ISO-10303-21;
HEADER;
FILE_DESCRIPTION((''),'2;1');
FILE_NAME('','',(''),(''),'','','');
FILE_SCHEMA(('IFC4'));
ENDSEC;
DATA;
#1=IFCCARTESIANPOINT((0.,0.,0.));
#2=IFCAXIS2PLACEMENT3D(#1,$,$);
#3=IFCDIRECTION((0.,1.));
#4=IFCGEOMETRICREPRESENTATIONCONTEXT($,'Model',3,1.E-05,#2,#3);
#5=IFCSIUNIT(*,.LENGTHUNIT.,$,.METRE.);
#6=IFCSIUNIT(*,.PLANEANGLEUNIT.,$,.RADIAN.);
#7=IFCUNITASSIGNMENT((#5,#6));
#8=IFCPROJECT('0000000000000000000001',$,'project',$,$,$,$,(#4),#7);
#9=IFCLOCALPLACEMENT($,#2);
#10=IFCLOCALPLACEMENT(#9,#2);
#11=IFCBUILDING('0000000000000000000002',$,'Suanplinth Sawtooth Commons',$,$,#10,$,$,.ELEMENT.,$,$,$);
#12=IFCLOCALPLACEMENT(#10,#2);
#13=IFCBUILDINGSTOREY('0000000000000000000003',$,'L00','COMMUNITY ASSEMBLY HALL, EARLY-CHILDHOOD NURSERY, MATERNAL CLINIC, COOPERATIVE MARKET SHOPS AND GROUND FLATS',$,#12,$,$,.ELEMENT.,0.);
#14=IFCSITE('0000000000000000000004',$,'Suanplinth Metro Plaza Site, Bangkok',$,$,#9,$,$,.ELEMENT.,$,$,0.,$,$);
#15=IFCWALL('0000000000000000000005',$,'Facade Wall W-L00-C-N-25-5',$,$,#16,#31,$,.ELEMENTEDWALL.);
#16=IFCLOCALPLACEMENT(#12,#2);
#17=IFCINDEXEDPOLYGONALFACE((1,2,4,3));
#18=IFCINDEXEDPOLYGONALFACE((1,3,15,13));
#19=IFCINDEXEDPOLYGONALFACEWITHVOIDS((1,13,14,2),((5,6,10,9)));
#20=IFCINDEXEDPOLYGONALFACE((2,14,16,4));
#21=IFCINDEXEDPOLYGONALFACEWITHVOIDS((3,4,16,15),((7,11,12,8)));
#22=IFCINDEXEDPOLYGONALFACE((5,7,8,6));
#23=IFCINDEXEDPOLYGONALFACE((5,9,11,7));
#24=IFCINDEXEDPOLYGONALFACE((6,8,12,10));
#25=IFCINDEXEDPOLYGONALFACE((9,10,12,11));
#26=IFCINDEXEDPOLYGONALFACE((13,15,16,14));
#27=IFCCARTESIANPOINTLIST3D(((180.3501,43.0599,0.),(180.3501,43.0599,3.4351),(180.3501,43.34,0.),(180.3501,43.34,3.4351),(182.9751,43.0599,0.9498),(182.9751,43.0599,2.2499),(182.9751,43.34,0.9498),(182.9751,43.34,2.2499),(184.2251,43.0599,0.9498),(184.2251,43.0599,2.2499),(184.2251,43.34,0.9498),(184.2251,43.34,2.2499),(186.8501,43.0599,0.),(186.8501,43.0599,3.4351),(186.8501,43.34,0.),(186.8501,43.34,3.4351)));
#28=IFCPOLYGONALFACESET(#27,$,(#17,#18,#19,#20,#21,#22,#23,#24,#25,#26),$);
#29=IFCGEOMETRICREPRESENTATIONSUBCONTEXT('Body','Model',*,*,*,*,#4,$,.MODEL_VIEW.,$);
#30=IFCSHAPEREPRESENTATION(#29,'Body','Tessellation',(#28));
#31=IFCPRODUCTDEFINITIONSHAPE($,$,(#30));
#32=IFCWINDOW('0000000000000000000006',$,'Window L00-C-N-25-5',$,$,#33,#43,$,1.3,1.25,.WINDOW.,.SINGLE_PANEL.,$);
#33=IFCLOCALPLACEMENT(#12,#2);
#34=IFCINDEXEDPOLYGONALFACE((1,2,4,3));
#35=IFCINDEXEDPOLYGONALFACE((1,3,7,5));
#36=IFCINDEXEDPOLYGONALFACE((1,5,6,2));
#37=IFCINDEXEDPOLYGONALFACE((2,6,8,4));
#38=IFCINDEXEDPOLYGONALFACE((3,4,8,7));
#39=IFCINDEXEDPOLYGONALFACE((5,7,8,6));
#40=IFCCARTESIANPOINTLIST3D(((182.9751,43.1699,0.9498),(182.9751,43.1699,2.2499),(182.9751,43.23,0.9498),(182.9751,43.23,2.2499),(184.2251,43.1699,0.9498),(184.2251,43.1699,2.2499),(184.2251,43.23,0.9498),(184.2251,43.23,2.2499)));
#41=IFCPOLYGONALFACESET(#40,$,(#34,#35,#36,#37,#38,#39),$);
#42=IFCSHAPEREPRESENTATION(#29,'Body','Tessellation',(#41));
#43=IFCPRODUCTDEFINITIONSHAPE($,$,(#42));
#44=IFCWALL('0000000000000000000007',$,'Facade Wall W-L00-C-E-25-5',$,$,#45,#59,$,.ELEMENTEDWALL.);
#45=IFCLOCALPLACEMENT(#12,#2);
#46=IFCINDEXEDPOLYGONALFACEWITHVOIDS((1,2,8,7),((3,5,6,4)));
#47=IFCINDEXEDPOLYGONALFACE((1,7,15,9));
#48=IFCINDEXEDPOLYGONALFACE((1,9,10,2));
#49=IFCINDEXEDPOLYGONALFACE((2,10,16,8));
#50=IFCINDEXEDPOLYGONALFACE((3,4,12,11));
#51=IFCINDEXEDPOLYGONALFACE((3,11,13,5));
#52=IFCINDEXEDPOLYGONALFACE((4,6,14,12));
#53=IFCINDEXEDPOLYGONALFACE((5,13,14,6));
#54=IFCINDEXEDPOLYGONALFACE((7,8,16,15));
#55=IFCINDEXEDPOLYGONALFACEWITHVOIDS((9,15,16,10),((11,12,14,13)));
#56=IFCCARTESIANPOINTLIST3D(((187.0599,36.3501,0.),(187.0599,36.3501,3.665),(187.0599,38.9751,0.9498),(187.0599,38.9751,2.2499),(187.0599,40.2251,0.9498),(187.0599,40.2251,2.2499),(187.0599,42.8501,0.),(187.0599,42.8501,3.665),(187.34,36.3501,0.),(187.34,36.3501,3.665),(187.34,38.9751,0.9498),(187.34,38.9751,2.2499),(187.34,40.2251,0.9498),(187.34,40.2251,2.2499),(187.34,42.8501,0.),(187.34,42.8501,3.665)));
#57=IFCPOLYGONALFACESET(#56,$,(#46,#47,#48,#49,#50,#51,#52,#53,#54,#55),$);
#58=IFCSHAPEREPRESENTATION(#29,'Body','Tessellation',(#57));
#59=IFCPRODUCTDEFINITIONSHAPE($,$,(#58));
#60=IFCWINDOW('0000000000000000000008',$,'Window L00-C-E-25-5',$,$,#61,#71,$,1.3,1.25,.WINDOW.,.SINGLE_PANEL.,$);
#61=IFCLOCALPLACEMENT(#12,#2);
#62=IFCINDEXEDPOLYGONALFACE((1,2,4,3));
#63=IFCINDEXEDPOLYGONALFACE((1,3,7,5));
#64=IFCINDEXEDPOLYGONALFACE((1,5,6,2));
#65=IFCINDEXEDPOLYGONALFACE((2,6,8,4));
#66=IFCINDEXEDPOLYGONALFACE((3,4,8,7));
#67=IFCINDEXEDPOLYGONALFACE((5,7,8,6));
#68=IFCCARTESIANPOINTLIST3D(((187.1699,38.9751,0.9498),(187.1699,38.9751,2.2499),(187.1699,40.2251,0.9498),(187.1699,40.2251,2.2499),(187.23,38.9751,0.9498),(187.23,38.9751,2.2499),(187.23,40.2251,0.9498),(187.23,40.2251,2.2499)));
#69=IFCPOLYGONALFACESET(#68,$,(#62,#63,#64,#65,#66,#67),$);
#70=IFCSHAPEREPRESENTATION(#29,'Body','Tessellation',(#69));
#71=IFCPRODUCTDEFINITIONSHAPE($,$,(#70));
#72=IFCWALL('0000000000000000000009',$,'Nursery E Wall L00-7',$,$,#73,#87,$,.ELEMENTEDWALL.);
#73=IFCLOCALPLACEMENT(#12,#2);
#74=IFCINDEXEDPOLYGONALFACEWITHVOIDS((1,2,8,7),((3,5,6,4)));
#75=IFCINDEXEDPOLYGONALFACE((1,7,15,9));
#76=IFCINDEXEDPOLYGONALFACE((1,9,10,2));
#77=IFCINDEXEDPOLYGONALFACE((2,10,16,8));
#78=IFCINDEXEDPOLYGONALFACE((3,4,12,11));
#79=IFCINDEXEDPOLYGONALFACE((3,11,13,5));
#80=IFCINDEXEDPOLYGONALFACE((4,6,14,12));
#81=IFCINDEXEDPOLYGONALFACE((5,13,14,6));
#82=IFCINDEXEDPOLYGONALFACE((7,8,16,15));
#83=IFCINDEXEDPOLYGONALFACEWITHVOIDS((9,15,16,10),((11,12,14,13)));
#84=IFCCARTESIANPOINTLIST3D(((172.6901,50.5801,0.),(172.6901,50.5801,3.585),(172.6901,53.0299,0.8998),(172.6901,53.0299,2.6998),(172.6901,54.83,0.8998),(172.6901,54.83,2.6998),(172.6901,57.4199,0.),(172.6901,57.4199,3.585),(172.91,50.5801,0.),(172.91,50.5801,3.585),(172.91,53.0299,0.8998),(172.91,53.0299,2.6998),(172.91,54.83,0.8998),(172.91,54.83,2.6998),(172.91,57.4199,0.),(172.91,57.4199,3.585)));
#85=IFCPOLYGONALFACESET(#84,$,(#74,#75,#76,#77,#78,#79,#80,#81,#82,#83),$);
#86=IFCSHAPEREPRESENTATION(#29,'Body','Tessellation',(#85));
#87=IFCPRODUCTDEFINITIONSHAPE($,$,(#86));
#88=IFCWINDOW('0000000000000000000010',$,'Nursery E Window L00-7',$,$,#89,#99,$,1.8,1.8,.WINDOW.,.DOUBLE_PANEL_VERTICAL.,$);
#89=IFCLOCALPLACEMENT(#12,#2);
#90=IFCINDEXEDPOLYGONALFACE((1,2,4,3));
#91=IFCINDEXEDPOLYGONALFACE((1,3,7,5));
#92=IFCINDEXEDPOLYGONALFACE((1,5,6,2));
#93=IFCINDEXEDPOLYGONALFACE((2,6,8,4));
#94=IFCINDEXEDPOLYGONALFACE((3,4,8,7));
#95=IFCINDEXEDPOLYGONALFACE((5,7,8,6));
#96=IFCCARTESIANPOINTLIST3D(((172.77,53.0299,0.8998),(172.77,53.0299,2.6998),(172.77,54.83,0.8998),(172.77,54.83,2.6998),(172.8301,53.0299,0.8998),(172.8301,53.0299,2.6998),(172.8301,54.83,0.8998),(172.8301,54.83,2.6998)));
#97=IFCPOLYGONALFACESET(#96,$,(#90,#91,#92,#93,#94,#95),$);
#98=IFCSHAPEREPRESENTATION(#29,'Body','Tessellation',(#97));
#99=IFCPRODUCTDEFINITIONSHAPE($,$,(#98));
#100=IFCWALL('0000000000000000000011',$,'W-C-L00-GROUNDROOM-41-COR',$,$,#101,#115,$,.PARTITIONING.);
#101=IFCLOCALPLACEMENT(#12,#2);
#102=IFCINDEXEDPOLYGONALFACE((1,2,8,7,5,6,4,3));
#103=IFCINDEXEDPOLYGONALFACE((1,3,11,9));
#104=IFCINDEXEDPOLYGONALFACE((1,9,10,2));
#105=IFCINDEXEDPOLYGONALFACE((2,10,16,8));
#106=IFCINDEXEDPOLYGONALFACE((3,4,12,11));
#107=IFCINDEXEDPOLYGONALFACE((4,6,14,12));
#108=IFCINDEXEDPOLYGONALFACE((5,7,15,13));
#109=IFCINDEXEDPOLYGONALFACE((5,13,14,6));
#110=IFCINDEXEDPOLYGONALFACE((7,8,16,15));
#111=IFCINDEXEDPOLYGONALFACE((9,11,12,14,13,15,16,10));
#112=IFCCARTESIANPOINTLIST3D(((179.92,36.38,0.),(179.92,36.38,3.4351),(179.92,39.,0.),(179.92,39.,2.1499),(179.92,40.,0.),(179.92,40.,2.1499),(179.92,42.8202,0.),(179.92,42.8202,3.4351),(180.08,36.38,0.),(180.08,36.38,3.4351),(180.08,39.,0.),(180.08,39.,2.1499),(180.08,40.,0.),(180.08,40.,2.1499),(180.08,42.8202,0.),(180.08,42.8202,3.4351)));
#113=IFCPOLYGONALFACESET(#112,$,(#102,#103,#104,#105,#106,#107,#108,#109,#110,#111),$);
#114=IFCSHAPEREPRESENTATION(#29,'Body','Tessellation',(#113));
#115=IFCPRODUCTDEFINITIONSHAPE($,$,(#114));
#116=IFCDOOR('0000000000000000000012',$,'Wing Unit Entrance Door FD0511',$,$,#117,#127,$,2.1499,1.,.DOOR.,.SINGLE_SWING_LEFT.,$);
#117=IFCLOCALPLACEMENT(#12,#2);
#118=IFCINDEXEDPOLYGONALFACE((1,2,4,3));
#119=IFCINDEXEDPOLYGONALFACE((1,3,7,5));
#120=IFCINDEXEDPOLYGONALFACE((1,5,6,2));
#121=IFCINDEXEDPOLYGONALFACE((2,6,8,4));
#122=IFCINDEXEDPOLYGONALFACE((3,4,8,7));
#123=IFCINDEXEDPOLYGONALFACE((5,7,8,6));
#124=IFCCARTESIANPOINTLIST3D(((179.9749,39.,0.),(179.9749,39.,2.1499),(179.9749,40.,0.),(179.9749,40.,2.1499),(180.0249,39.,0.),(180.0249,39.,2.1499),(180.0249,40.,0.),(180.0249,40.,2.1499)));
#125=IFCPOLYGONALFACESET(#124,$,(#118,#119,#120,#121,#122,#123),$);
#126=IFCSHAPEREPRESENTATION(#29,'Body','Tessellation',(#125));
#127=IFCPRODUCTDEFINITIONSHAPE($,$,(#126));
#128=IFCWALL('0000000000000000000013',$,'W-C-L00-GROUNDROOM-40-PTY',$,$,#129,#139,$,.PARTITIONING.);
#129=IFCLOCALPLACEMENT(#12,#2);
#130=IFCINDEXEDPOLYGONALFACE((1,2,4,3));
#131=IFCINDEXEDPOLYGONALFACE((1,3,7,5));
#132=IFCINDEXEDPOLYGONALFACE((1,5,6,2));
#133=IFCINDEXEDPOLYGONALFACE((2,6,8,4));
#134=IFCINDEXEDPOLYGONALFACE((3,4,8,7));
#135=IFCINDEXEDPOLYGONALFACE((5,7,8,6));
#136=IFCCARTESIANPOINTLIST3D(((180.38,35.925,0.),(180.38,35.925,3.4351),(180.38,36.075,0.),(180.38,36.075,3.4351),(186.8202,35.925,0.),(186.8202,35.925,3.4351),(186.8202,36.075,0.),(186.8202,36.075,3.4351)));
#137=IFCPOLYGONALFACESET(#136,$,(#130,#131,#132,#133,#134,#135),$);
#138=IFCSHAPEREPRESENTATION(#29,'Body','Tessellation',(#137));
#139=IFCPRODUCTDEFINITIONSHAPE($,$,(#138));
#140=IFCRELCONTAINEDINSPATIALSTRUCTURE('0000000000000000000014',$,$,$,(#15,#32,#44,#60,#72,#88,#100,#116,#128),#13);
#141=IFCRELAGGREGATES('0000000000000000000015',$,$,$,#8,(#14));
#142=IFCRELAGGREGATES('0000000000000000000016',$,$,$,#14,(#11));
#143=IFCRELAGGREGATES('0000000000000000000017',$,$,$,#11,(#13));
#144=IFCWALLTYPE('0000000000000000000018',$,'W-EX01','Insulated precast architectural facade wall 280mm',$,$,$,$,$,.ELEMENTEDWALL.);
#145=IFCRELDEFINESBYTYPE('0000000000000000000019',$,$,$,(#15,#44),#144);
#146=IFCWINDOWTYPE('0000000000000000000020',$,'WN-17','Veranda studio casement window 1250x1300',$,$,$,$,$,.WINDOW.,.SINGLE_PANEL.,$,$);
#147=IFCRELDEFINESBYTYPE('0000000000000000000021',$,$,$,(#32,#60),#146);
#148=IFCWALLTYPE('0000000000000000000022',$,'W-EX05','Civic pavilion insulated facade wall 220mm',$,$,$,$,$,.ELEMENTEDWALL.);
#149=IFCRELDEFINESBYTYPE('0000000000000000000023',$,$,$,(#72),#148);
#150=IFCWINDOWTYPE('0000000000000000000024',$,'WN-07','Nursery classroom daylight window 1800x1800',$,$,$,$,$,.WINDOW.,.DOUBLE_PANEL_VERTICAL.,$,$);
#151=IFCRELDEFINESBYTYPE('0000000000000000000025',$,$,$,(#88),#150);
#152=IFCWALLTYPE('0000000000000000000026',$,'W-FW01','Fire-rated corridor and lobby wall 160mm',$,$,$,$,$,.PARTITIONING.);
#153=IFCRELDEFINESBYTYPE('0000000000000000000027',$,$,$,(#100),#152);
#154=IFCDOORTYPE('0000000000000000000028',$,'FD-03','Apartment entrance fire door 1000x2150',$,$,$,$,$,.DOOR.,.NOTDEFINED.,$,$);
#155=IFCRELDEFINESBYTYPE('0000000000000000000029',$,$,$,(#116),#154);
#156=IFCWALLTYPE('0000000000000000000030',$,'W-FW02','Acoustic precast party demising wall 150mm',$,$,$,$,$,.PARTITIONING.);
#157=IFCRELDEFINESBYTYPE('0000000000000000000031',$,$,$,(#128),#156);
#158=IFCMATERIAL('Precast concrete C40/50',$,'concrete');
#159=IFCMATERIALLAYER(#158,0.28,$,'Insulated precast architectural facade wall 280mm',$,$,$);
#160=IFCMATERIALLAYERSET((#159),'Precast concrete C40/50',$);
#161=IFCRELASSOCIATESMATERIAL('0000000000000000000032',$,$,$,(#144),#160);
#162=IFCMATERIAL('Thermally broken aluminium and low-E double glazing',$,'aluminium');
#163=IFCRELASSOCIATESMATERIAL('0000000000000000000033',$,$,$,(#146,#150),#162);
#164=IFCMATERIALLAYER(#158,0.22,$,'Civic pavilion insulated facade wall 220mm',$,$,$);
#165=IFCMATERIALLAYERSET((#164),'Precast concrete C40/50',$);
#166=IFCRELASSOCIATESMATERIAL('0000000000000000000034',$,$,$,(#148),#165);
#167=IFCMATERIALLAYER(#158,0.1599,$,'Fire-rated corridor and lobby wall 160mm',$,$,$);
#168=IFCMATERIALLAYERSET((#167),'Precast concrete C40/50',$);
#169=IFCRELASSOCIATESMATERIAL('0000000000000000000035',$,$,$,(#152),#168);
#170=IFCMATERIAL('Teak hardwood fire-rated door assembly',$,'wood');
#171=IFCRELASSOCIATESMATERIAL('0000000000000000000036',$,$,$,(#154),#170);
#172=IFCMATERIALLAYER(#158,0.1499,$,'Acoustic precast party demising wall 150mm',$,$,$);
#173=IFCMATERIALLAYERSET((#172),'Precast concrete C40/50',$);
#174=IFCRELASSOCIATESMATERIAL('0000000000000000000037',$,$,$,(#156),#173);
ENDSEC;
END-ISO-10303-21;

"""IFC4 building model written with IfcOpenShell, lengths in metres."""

from ifc_helpers import new_model, si_unit, direction, frame, frame_2d, origin, place, context, subcontext, project, spatial, rectangle, extrude, material, layer, layer_set, type_object, element, fill, save


model = new_model("IFC4")

# Units and contexts
model_context = context("Model", 3, precision=1e-05, world=origin(), true_north=direction((0.0, 1.0)))
body_context = subcontext(model_context, "Body", "Model", "MODEL_VIEW")
ifc_project = project(units=[si_unit("LENGTHUNIT", "METRE"), si_unit("PLANEANGLEUNIT", "RADIAN")], contexts=[model_context])

# Site, building, storey
site_placement = place(None, origin())
site = spatial("IfcSite", under=ifc_project, at=site_placement, Name="Suanplinth Metro Plaza Site, Bangkok", CompositionType="ELEMENT", RefElevation=0.0)
building_placement = place(site_placement, origin())
building = spatial("IfcBuilding", under=site, at=building_placement, Name="Suanplinth Sawtooth Commons", CompositionType="ELEMENT")
storey_placement = place(building_placement, origin())
storey = spatial("IfcBuildingStorey", under=building, at=storey_placement, Name="L00", Description="COMMUNITY ASSEMBLY HALL, EARLY-CHILDHOOD NURSERY, MATERNAL CLINIC, COOPERATIVE MARKET SHOPS AND GROUND FLATS", CompositionType="ELEMENT", Elevation=0.0)

# Shared definitions
ifc_material_1 = material(Name="Precast concrete C40/50", Category="concrete")

# Walls, openings, windows
ifc_layer_1 = layer(ifc_material_1, 0.28, Name="Insulated precast architectural facade wall 280mm")
ifc_layer_set_1 = layer_set([ifc_layer_1], Name="Precast concrete C40/50")
wall_type_1 = type_object("IfcWallType", Name="W-EX01", Description="Insulated precast architectural facade wall 280mm", PredefinedType="ELEMENTEDWALL", material=ifc_layer_set_1)
ifc_material_2 = material(Name="Thermally broken aluminium and low-E double glazing", Category="aluminium")
wall_1_placement = place(storey_placement, frame((180.3501, 43.2, 0.0), z_axis=(0.0, 0.0, 1.0), x_axis=(1.0, 0.0, 0.0)))
wall_1 = element("IfcWall", 1, at=wall_1_placement, inside=storey, type_object=wall_type_1, Name="Facade Wall W-L00-C-N-25-5", PredefinedType="ELEMENTEDWALL", context=body_context, shape_type="SweptSolid", body=[
    extrude(rectangle(XDim=6.5, YDim=0.28, at=frame_2d((3.25, 0.0))), origin(), (0.0, 0.0, 1.0), 3.4351),
])
opening_1_placement = place(wall_1_placement, frame((2.625, 0.0, 0.95)))
opening_1 = element("IfcOpeningElement", 2, at=opening_1_placement, cuts=wall_1, PredefinedType="OPENING", context=body_context, shape_type="SweptSolid", body=[
    extrude(rectangle(XDim=1.25, YDim=1.3, at=frame_2d((0.625, 0.6499))), frame((0.0, 0.1548, 0.0), z_axis=(0.0, -1.0, 0.0), x_axis=(1.0, 0.0, 0.0)), (0.0, 0.0, 1.0), 0.3098),
])
window_type_1 = type_object("IfcWindowType", Name="WN-17", Description="Veranda studio casement window 1250x1300", PartitioningType="SINGLE_PANEL", PredefinedType="WINDOW", material=ifc_material_2)
window_1_placement = place(opening_1_placement, origin())
window_1 = element("IfcWindow", 3, at=window_1_placement, inside=storey, type_object=window_type_1, Name="Window L00-C-N-25-5", OverallHeight=1.3, OverallWidth=1.25, PartitioningType="SINGLE_PANEL", PredefinedType="WINDOW", context=body_context, shape_type="SweptSolid", body=[
    extrude(rectangle(XDim=1.25, YDim=1.3, at=frame_2d((0.625, 0.6499))), frame((0.0, 0.03, 0.0), z_axis=(0.0, -1.0, 0.0), x_axis=(1.0, 0.0, 0.0)), (0.0, 0.0, 1.0), 0.0601),
])
fill(opening_1, window_1)
wall_2_placement = place(storey_placement, frame((187.2, 36.3501, 0.0), z_axis=(0.0, 0.0, 1.0), x_axis=(0.0, 1.0, 0.0)))
wall_2 = element("IfcWall", 4, at=wall_2_placement, inside=storey, type_object=wall_type_1, Name="Facade Wall W-L00-C-E-25-5", PredefinedType="ELEMENTEDWALL", context=body_context, shape_type="SweptSolid", body=[
    extrude(rectangle(XDim=6.5, YDim=0.28, at=frame_2d((3.25, 0.0))), origin(), (0.0, 0.0, 1.0), 3.665),
])
opening_2_placement = place(wall_2_placement, frame((2.625, 0.0, 0.95)))
opening_2 = element("IfcOpeningElement", 5, at=opening_2_placement, cuts=wall_2, PredefinedType="OPENING", context=body_context, shape_type="SweptSolid", body=[
    extrude(rectangle(XDim=1.25, YDim=1.3, at=frame_2d((0.625, 0.6499))), frame((0.0, 0.1548, 0.0), z_axis=(0.0, -1.0, 0.0), x_axis=(1.0, 0.0, 0.0)), (0.0, 0.0, 1.0), 0.3098),
])
window_2_placement = place(opening_2_placement, origin())
window_2 = element("IfcWindow", 6, at=window_2_placement, inside=storey, type_object=window_type_1, Name="Window L00-C-E-25-5", OverallHeight=1.3, OverallWidth=1.25, PartitioningType="SINGLE_PANEL", PredefinedType="WINDOW", context=body_context, shape_type="SweptSolid", body=[
    extrude(rectangle(XDim=1.25, YDim=1.3, at=frame_2d((0.625, 0.6499))), frame((0.0, 0.03, 0.0), z_axis=(0.0, -1.0, 0.0), x_axis=(1.0, 0.0, 0.0)), (0.0, 0.0, 1.0), 0.0601),
])
fill(opening_2, window_2)
ifc_layer_2 = layer(ifc_material_1, 0.22, Name="Civic pavilion insulated facade wall 220mm")
ifc_layer_set_2 = layer_set([ifc_layer_2], Name="Precast concrete C40/50")
wall_type_2 = type_object("IfcWallType", Name="W-EX05", Description="Civic pavilion insulated facade wall 220mm", PredefinedType="ELEMENTEDWALL", material=ifc_layer_set_2)
wall_3_placement = place(storey_placement, frame((172.8, 50.5801, 0.0), z_axis=(0.0, 0.0, 1.0), x_axis=(0.0, 1.0, 0.0)))
wall_3 = element("IfcWall", 7, at=wall_3_placement, inside=storey, type_object=wall_type_2, Name="Nursery E Wall L00-7", PredefinedType="ELEMENTEDWALL", context=body_context, shape_type="SweptSolid", body=[
    extrude(rectangle(XDim=6.8398, YDim=0.22, at=frame_2d((3.4199, 0.0))), origin(), (0.0, 0.0, 1.0), 3.585),
])
opening_3_placement = place(wall_3_placement, frame((2.45, 0.0, 0.8999)))
opening_3 = element("IfcOpeningElement", 8, at=opening_3_placement, cuts=wall_3, PredefinedType="OPENING", context=body_context, shape_type="SweptSolid", body=[
    extrude(rectangle(XDim=1.8, YDim=1.8, at=frame_2d((0.8999, 0.8999))), frame((0.0, 0.125, 0.0), z_axis=(0.0, -1.0, 0.0), x_axis=(1.0, 0.0, 0.0)), (0.0, 0.0, 1.0), 0.2498),
])
window_type_2 = type_object("IfcWindowType", Name="WN-07", Description="Nursery classroom daylight window 1800x1800", PartitioningType="DOUBLE_PANEL_VERTICAL", PredefinedType="WINDOW", material=ifc_material_2)
window_3_placement = place(opening_3_placement, origin())
window_3 = element("IfcWindow", 9, at=window_3_placement, inside=storey, type_object=window_type_2, Name="Nursery E Window L00-7", OverallHeight=1.8, OverallWidth=1.8, PartitioningType="DOUBLE_PANEL_VERTICAL", PredefinedType="WINDOW", context=body_context, shape_type="SweptSolid", body=[
    extrude(rectangle(XDim=1.8, YDim=1.8, at=frame_2d((0.8999, 0.8999))), frame((0.0, 0.03, 0.0), z_axis=(0.0, -1.0, 0.0), x_axis=(1.0, 0.0, 0.0)), (0.0, 0.0, 1.0), 0.0601),
])
fill(opening_3, window_3)

# Wall, opening, door
ifc_layer_3 = layer(ifc_material_1, 0.1599, Name="Fire-rated corridor and lobby wall 160mm")
ifc_layer_set_3 = layer_set([ifc_layer_3], Name="Precast concrete C40/50")
wall_type_3 = type_object("IfcWallType", Name="W-FW01", Description="Fire-rated corridor and lobby wall 160mm", PredefinedType="PARTITIONING", material=ifc_layer_set_3)
wall_4_placement = place(storey_placement, frame((180.0, 36.3799, 0.0), z_axis=(0.0, 0.0, 1.0), x_axis=(0.0, 1.0, 0.0)))
wall_4 = element("IfcWall", 10, at=wall_4_placement, inside=storey, type_object=wall_type_3, Name="W-C-L00-GROUNDROOM-41-COR", PredefinedType="PARTITIONING", context=body_context, shape_type="SweptSolid", body=[
    extrude(rectangle(XDim=6.4402, YDim=0.1599, at=frame_2d((3.2202, 0.0))), origin(), (0.0, 0.0, 1.0), 3.4351),
])
opening_4_placement = place(wall_4_placement, frame((2.6201, 0.0, 0.0)))
opening_4 = element("IfcOpeningElement", 11, at=opening_4_placement, cuts=wall_4, PredefinedType="OPENING", context=body_context, shape_type="SweptSolid", body=[
    extrude(rectangle(XDim=1.0, YDim=2.1499, at=frame_2d((0.5, 1.075))), frame((0.0, 0.0947, 0.0), z_axis=(0.0, -1.0, 0.0), x_axis=(1.0, 0.0, 0.0)), (0.0, 0.0, 1.0), 0.1897),
])
ifc_material_3 = material(Name="Teak hardwood fire-rated door assembly", Category="wood")
door_type = type_object("IfcDoorType", Name="FD-03", Description="Apartment entrance fire door 1000x2150", OperationType="NOTDEFINED", PredefinedType="DOOR", material=ifc_material_3)
door_placement = place(opening_4_placement, frame((1.0, 0.0, 0.0), z_axis=(0.0, 0.0, 1.0), x_axis=(-1.0, 0.0, 0.0)))
door = element("IfcDoor", 12, at=door_placement, inside=storey, type_object=door_type, Name="Wing Unit Entrance Door FD0511", OperationType="SINGLE_SWING_LEFT", OverallHeight=2.1499, OverallWidth=1.0, PredefinedType="DOOR", context=body_context, shape_type="SweptSolid", body=[
    extrude(rectangle(XDim=1.0, YDim=2.1499, at=frame_2d((0.5, 1.075))), frame((0.0, 0.0249, 0.0), z_axis=(0.0, -1.0, 0.0), x_axis=(1.0, 0.0, 0.0)), (0.0, 0.0, 1.0), 0.05),
])
fill(opening_4, door)

# Wall
ifc_layer_4 = layer(ifc_material_1, 0.1499, Name="Acoustic precast party demising wall 150mm")
ifc_layer_set_4 = layer_set([ifc_layer_4], Name="Precast concrete C40/50")
wall_type_4 = type_object("IfcWallType", Name="W-FW02", Description="Acoustic precast party demising wall 150mm", PredefinedType="PARTITIONING", material=ifc_layer_set_4)
wall_5_placement = place(storey_placement, frame((180.3799, 36.0, 0.0), z_axis=(0.0, 0.0, 1.0), x_axis=(1.0, 0.0, 0.0)))
element("IfcWall", 13, at=wall_5_placement, inside=storey, type_object=wall_type_4, Name="W-C-L00-GROUNDROOM-40-PTY", PredefinedType="PARTITIONING", context=body_context, shape_type="SweptSolid", body=[
    extrude(rectangle(XDim=6.4402, YDim=0.1499, at=frame_2d((3.2202, 0.0))), origin(), (0.0, 0.0, 1.0), 3.4351),
])

save(model, "model.ifc")
